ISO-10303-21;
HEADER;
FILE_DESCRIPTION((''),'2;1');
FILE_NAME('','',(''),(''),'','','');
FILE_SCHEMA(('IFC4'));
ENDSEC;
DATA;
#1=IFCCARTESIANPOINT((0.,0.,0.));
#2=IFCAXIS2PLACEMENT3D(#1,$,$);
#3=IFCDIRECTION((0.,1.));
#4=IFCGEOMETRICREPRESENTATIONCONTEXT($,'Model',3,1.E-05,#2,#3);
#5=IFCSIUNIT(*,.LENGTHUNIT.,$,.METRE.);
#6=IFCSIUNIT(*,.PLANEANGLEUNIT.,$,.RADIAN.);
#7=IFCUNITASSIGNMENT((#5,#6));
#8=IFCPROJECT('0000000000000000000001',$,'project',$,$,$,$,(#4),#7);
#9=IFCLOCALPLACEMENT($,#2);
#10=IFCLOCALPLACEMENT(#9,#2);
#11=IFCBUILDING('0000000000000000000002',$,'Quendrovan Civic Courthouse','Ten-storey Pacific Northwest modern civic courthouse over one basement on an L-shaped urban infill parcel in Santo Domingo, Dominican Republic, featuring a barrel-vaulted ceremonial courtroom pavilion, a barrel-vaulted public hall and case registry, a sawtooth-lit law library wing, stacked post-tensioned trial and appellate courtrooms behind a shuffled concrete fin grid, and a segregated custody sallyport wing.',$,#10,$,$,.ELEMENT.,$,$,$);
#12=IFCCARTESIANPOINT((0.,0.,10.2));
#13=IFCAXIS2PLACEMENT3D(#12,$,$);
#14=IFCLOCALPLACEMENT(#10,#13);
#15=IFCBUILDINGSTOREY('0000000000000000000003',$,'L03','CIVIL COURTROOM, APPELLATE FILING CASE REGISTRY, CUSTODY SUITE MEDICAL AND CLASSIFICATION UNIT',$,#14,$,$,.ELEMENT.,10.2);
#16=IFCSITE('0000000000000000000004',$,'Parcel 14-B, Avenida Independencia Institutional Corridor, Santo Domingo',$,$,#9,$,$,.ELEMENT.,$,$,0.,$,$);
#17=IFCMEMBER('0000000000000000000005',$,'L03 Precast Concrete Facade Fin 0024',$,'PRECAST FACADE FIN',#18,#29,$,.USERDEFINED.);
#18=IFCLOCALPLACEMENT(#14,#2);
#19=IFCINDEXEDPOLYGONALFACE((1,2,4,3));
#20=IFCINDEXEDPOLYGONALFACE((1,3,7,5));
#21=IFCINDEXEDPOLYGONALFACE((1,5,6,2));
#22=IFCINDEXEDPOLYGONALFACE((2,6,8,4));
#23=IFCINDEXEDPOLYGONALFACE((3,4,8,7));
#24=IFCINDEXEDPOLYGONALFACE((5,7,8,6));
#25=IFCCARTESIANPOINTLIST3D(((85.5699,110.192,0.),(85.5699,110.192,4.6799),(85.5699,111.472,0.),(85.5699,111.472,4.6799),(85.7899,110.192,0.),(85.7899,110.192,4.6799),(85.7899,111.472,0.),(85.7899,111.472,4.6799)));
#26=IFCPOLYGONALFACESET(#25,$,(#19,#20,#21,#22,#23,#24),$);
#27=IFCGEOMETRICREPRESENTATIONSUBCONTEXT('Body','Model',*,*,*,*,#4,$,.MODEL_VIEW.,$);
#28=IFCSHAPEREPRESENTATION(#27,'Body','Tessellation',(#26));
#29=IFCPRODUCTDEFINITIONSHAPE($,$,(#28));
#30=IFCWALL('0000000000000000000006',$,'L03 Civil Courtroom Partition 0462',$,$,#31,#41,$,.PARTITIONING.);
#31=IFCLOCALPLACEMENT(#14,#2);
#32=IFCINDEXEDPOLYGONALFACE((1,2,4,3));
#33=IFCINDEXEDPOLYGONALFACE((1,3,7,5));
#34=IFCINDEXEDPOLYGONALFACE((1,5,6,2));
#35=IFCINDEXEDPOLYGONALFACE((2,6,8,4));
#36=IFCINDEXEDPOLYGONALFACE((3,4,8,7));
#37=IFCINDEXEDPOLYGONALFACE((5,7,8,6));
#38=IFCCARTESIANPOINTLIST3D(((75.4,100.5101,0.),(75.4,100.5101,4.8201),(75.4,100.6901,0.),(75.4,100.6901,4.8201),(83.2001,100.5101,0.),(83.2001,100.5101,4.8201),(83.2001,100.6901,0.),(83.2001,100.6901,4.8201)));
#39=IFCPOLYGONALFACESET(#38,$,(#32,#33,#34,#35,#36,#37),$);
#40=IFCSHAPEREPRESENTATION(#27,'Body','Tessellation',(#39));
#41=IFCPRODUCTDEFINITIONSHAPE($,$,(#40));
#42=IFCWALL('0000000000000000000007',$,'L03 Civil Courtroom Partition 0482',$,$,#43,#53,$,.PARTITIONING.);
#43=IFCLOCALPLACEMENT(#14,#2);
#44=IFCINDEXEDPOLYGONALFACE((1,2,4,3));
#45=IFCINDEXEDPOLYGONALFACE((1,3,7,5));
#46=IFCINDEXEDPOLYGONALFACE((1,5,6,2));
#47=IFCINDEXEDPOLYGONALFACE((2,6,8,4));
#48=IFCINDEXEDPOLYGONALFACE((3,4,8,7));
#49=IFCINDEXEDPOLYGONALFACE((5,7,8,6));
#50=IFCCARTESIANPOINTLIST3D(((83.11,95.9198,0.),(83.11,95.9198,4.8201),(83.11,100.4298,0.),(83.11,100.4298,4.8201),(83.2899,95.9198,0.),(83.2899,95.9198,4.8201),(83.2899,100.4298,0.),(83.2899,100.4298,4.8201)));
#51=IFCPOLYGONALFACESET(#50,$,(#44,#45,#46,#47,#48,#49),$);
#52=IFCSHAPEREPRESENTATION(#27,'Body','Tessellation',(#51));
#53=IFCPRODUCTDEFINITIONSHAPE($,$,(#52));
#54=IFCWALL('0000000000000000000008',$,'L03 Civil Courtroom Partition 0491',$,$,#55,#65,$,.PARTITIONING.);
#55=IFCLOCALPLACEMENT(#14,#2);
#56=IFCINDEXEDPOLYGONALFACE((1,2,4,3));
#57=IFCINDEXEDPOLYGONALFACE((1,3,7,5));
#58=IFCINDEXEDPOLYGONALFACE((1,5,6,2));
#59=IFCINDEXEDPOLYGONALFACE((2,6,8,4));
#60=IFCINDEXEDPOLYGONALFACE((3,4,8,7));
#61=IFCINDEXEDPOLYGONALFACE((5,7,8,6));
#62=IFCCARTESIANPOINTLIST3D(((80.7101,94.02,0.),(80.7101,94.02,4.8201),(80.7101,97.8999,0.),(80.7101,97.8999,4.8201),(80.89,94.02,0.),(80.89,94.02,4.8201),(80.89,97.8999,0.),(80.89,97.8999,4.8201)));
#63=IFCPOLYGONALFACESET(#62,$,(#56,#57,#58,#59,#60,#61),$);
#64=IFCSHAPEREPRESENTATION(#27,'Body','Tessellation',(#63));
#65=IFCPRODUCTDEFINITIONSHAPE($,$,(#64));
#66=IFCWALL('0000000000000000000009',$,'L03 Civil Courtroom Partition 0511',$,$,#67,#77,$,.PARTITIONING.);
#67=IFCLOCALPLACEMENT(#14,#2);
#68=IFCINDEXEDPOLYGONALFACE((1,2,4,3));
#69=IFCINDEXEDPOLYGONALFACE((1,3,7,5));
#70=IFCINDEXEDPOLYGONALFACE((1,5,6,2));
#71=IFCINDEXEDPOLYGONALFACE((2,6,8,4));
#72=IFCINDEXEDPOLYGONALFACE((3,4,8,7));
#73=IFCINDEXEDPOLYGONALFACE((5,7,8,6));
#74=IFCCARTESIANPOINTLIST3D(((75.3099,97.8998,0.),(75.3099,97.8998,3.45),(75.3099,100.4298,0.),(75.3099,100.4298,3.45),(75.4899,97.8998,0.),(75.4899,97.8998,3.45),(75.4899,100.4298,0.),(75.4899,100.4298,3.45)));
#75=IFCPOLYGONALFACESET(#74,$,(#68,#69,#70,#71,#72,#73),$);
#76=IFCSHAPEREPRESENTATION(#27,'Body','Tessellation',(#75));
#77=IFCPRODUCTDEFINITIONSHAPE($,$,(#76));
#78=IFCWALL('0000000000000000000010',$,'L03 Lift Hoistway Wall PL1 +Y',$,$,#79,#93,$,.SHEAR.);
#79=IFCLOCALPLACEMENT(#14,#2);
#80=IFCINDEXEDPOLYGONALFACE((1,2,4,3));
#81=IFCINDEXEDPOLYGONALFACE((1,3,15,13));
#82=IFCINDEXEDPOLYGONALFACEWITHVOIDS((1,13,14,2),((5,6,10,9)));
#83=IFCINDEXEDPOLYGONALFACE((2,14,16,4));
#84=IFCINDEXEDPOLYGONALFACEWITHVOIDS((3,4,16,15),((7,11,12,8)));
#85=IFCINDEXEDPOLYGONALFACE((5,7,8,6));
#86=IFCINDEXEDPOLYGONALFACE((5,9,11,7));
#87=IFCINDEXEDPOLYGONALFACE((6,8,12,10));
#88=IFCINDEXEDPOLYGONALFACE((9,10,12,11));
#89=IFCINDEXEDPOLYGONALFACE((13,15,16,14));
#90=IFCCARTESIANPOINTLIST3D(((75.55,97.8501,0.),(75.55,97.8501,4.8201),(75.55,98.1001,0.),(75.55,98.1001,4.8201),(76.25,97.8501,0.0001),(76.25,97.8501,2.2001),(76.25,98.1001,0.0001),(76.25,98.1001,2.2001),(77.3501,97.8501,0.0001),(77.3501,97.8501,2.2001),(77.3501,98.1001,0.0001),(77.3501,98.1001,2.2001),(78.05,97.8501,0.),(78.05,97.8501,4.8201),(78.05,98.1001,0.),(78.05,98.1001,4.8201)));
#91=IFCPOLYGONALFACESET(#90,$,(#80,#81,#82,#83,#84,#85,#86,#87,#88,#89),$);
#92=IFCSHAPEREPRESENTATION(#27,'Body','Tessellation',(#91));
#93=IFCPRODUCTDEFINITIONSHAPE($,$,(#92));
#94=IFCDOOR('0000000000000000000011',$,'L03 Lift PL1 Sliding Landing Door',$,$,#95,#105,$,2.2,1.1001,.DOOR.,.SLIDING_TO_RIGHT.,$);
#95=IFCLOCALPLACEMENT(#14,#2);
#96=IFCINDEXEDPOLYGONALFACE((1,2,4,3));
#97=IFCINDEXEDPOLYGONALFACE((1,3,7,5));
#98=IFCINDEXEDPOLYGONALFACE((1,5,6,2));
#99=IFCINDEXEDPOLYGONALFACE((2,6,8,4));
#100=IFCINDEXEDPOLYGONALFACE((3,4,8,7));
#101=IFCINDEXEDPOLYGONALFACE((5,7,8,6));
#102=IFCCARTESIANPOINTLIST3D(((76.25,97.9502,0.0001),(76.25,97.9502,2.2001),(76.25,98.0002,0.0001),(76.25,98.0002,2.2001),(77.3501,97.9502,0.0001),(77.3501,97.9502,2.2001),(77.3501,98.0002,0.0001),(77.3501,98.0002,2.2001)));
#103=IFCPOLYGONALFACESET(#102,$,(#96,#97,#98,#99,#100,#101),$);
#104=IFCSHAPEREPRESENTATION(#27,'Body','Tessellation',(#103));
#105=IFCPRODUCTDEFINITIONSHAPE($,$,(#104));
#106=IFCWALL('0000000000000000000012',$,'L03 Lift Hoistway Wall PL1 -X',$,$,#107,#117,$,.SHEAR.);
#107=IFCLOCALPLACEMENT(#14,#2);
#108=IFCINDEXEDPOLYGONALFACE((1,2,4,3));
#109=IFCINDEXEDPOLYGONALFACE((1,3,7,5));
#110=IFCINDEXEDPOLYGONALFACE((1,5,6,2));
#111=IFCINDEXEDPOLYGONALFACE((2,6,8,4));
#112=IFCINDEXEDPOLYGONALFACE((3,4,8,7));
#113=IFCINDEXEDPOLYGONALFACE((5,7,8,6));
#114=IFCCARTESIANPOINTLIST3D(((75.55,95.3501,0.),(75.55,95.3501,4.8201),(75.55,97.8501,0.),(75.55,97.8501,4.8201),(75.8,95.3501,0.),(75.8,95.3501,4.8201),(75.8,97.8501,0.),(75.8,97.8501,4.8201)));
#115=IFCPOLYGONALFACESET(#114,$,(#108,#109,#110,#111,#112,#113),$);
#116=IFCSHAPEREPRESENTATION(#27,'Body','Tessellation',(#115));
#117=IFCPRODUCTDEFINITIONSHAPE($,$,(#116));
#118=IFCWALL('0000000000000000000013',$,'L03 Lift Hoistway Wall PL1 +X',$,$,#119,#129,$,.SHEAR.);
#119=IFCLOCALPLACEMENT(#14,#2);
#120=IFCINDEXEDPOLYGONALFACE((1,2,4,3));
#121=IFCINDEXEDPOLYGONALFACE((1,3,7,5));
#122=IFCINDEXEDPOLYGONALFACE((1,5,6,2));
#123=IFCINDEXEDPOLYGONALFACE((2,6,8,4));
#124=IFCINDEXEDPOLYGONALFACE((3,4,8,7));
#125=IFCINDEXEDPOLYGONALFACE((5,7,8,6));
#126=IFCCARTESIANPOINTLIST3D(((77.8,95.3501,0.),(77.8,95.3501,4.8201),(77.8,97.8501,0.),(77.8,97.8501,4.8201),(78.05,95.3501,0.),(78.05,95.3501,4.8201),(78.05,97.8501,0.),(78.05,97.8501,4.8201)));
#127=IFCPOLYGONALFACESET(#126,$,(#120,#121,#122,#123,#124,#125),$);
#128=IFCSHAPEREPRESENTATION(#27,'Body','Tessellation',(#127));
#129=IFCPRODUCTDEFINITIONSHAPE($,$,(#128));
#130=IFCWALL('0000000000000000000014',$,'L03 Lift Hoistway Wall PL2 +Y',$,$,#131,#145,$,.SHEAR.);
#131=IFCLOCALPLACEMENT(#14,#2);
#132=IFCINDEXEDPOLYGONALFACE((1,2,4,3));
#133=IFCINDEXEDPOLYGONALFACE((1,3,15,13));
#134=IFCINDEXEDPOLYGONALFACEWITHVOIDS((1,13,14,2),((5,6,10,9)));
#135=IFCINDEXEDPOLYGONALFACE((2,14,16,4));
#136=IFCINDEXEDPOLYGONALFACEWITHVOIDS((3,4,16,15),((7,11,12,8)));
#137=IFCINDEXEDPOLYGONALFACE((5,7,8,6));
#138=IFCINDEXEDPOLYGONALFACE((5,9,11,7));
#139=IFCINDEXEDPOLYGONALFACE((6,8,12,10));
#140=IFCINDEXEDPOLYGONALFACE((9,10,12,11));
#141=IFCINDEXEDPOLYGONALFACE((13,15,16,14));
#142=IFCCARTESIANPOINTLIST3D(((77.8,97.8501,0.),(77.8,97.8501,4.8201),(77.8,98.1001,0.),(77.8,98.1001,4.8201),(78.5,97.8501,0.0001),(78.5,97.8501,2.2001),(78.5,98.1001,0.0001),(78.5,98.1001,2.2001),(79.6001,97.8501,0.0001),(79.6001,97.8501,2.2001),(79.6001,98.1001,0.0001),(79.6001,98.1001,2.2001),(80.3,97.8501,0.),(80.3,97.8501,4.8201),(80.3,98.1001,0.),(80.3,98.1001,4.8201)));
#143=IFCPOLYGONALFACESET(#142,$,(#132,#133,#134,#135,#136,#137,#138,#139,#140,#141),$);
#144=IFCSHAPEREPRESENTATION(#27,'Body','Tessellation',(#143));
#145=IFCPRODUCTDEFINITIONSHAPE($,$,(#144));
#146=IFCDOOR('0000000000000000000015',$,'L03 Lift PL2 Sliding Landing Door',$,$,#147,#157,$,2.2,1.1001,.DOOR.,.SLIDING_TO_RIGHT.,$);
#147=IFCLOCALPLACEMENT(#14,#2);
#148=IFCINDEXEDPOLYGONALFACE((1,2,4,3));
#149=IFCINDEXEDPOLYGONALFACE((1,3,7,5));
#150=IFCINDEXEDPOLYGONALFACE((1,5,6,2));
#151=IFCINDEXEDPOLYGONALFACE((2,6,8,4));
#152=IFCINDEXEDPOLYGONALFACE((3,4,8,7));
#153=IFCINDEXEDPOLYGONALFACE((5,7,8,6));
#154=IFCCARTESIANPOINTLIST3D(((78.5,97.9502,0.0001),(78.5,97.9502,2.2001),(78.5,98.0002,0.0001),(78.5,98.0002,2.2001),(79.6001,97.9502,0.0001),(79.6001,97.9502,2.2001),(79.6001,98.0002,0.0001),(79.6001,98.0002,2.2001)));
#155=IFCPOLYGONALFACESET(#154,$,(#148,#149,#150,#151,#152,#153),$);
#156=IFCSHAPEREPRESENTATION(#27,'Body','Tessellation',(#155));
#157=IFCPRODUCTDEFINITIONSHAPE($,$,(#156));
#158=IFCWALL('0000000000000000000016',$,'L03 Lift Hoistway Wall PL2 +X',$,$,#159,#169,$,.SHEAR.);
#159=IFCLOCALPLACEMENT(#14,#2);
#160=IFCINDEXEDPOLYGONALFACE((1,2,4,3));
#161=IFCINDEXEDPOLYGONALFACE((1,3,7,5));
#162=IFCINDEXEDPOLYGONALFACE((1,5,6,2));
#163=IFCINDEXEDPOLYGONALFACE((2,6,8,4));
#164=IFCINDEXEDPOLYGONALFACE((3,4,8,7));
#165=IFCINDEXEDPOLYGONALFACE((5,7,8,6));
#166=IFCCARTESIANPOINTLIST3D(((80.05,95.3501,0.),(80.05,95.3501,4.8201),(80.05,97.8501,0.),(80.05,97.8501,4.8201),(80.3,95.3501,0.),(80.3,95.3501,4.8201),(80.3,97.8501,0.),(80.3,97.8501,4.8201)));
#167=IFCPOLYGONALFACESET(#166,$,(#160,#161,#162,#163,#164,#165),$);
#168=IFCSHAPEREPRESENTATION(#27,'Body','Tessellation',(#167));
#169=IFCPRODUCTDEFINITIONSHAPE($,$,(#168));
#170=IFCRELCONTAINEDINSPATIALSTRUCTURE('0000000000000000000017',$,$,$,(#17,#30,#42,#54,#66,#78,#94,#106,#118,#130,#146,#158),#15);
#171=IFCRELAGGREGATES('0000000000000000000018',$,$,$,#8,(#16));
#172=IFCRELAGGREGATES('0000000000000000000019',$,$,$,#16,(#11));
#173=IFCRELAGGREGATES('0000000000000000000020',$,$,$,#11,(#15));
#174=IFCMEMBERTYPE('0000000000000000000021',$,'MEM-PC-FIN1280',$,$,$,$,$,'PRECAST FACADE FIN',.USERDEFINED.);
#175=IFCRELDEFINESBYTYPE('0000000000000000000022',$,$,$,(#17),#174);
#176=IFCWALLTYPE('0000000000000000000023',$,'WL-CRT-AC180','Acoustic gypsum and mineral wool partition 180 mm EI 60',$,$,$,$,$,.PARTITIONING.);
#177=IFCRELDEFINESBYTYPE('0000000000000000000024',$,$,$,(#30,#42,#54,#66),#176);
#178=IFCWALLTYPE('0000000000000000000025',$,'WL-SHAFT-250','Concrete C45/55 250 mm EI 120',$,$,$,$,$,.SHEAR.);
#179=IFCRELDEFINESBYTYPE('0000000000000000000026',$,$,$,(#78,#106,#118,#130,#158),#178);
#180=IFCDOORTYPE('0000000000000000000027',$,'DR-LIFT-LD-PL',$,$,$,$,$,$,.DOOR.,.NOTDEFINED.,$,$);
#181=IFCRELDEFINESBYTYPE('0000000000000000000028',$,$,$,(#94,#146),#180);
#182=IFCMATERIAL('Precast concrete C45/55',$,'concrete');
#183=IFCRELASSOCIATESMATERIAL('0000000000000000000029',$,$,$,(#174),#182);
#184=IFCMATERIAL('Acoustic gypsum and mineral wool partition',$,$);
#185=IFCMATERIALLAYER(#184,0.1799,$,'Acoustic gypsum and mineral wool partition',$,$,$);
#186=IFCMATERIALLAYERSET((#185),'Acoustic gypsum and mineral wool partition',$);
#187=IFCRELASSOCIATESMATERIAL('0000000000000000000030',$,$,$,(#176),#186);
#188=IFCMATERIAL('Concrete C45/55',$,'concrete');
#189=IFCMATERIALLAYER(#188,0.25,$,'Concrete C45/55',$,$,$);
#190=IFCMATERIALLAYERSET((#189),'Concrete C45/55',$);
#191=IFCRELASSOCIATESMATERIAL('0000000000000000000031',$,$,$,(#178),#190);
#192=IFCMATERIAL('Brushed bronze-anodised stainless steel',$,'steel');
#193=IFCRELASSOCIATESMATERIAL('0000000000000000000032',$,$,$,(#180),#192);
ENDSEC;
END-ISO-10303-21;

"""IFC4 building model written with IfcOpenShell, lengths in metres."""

from ifc_helpers import new_model, si_unit, direction, frame, frame_2d, origin, origin_2d, place, context, subcontext, project, spatial, rectangle, extrude, material, layer, layer_set, material_profile, profile_set, type_object, element, fill, save


model = new_model("IFC4")

# Units and contexts
model_context = context("Model", 3, precision=1e-05, world=origin(), true_north=direction((0.0, 1.0)))
body_context = subcontext(model_context, "Body", "Model", "MODEL_VIEW")
ifc_project = project(units=[si_unit("LENGTHUNIT", "METRE"), si_unit("PLANEANGLEUNIT", "RADIAN")], contexts=[model_context])

# Site, building, storey
site_placement = place(None, origin())
site = spatial("IfcSite", under=ifc_project, at=site_placement, Name="Parcel 14-B, Avenida Independencia Institutional Corridor, Santo Domingo", CompositionType="ELEMENT", RefElevation=0.0)
building_placement = place(site_placement, origin())
building = spatial("IfcBuilding", under=site, at=building_placement, Name="Quendrovan Civic Courthouse", Description="Ten-storey Pacific Northwest modern civic courthouse over one basement on an L-shaped urban infill parcel in Santo Domingo, Dominican Republic, featuring a barrel-vaulted ceremonial courtroom pavilion, a barrel-vaulted public hall and case registry, a sawtooth-lit law library wing, stacked post-tensioned trial and appellate courtrooms behind a shuffled concrete fin grid, and a segregated custody sallyport wing.", CompositionType="ELEMENT")
storey_placement = place(building_placement, frame((0.0, 0.0, 10.2)))
storey = spatial("IfcBuildingStorey", under=building, at=storey_placement, Name="L03", Description="CIVIL COURTROOM, APPELLATE FILING CASE REGISTRY, CUSTODY SUITE MEDICAL AND CLASSIFICATION UNIT", CompositionType="ELEMENT", Elevation=10.2)

# Shared definitions
ifc_material_1 = material(Name="Concrete C45/55", Category="concrete")

# Member
ifc_material_2 = material(Name="Precast concrete C45/55", Category="concrete")
ifc_material_profile_1 = material_profile(ifc_material_2, rectangle(XDim=0.22, YDim=1.28, at=origin_2d()), Name="PC-FIN-220x1280")
ifc_profile_set_1 = profile_set([ifc_material_profile_1], Name="Precast concrete C45/55")
member_type = type_object("IfcMemberType", Name="MEM-PC-FIN1280", ElementType="PRECAST FACADE FIN", PredefinedType="USERDEFINED", material=ifc_profile_set_1)
for number, where, z_axis, x_axis, name in (
    (1, (85.6799, 110.832, 0.0), (0.0, 0.0, 1.0), (1.0, 0.0, 0.0), "L03 Precast Concrete Facade Fin 0024"),
):
    element("IfcMember", number, at=place(storey_placement, frame(where, z_axis=z_axis, x_axis=x_axis)), inside=storey, type_object=member_type, Name=name, ObjectType="PRECAST FACADE FIN", PredefinedType="USERDEFINED", context=body_context, shape_type="SweptSolid", body=[
        extrude(rectangle(XDim=0.22, YDim=1.28, at=origin_2d()), origin(), (0.0, 0.0, 1.0), 4.6799),
    ])

# Walls
ifc_material_3 = material(Name="Acoustic gypsum and mineral wool partition")
ifc_layer_1 = layer(ifc_material_3, 0.1799, Name="Acoustic gypsum and mineral wool partition")
ifc_layer_set_1 = layer_set([ifc_layer_1], Name="Acoustic gypsum and mineral wool partition")
wall_type_1 = type_object("IfcWallType", Name="WL-CRT-AC180", Description="Acoustic gypsum and mineral wool partition 180 mm EI 60", PredefinedType="PARTITIONING", material=ifc_layer_set_1)
wall_1_placement = place(storey_placement, frame((83.2, 100.6001, 0.0), z_axis=(0.0, 0.0, 1.0), x_axis=(-1.0, 0.0, 0.0)))
element("IfcWall", 2, at=wall_1_placement, inside=storey, type_object=wall_type_1, Name="L03 Civil Courtroom Partition 0462", PredefinedType="PARTITIONING", context=body_context, shape_type="SweptSolid", body=[
    extrude(rectangle(XDim=7.8, YDim=0.1799, at=frame_2d((3.8999, 0.0))), origin(), (0.0, 0.0, 1.0), 4.8201),
])
wall_2_placement = place(storey_placement, frame((83.2, 95.9199, 0.0), z_axis=(0.0, 0.0, 1.0), x_axis=(0.0, 1.0, 0.0)))
element("IfcWall", 3, at=wall_2_placement, inside=storey, type_object=wall_type_1, Name="L03 Civil Courtroom Partition 0482", PredefinedType="PARTITIONING", context=body_context, shape_type="SweptSolid", body=[
    extrude(rectangle(XDim=4.51, YDim=0.1799, at=frame_2d((2.2549, 0.0))), origin(), (0.0, 0.0, 1.0), 4.8201),
])
wall_3_placement = place(storey_placement, frame((80.8, 97.8999, 0.0), z_axis=(0.0, 0.0, 1.0), x_axis=(0.0, -1.0, 0.0)))
element("IfcWall", 4, at=wall_3_placement, inside=storey, type_object=wall_type_1, Name="L03 Civil Courtroom Partition 0491", PredefinedType="PARTITIONING", context=body_context, shape_type="SweptSolid", body=[
    extrude(rectangle(XDim=3.8799, YDim=0.1799, at=frame_2d((1.9399, 0.0))), origin(), (0.0, 0.0, 1.0), 4.8201),
])
wall_4_placement = place(storey_placement, frame((75.3999, 100.4299, 0.0), z_axis=(0.0, 0.0, 1.0), x_axis=(0.0, -1.0, 0.0)))
element("IfcWall", 5, at=wall_4_placement, inside=storey, type_object=wall_type_1, Name="L03 Civil Courtroom Partition 0511", PredefinedType="PARTITIONING", context=body_context, shape_type="SweptSolid", body=[
    extrude(rectangle(XDim=2.53, YDim=0.1799, at=frame_2d((1.2651, 0.0))), origin(), (0.0, 0.0, 1.0), 3.45),
])

# Wall, opening, door
ifc_layer_2 = layer(ifc_material_1, 0.25, Name="Concrete C45/55")
ifc_layer_set_2 = layer_set([ifc_layer_2], Name="Concrete C45/55")
wall_type_2 = type_object("IfcWallType", Name="WL-SHAFT-250", Description="Concrete C45/55 250 mm EI 120", PredefinedType="SHEAR", material=ifc_layer_set_2)
wall_5_placement = place(storey_placement, frame((78.05, 97.9751, 0.0), z_axis=(0.0, 0.0, 1.0), x_axis=(-1.0, 0.0, 0.0)))
wall_5 = element("IfcWall", 6, at=wall_5_placement, inside=storey, type_object=wall_type_2, Name="L03 Lift Hoistway Wall PL1 +Y", PredefinedType="SHEAR", context=body_context, shape_type="SweptSolid", body=[
    extrude(rectangle(XDim=2.5, YDim=0.25, at=frame_2d((1.25, 0.0))), origin(), (0.0, 0.0, 1.0), 4.8201),
])
opening_1_placement = place(wall_5_placement, frame((0.7, 0.0, 0.0)))
opening_1 = element("IfcOpeningElement", 7, at=opening_1_placement, cuts=wall_5, PredefinedType="OPENING", context=body_context, shape_type="SweptSolid", body=[
    extrude(rectangle(XDim=1.1001, YDim=2.2, at=frame_2d((0.55, 1.1001))), frame((0.0, 0.135, 0.0), z_axis=(0.0, -1.0, 0.0), x_axis=(1.0, 0.0, 0.0)), (0.0, 0.0, 1.0), 0.27),
])
ifc_material_4 = material(Name="Brushed bronze-anodised stainless steel", Category="steel")
door_type = type_object("IfcDoorType", Name="DR-LIFT-LD-PL", OperationType="NOTDEFINED", PredefinedType="DOOR", material=ifc_material_4)
door_1_placement = place(opening_1_placement, origin())
door_1 = element("IfcDoor", 8, at=door_1_placement, inside=storey, type_object=door_type, Name="L03 Lift PL1 Sliding Landing Door", OperationType="SLIDING_TO_RIGHT", OverallHeight=2.2, OverallWidth=1.1001, PredefinedType="DOOR", context=body_context, shape_type="SweptSolid", body=[
    extrude(rectangle(XDim=1.1001, YDim=2.2, at=frame_2d((0.55, 1.1001))), frame((0.0, 0.0249, 0.0), z_axis=(0.0, -1.0, 0.0), x_axis=(1.0, 0.0, 0.0)), (0.0, 0.0, 1.0), 0.05),
])
fill(opening_1, door_1)

# Walls
for number, where, z_axis, x_axis, name in (
    (9, (75.675, 95.3501, 0.0), (0.0, 0.0, 1.0), (0.0, 1.0, 0.0), "L03 Lift Hoistway Wall PL1 -X"),
    (10, (77.925, 97.8501, 0.0), (0.0, 0.0, 1.0), (0.0, -1.0, 0.0), "L03 Lift Hoistway Wall PL1 +X"),
):
    element("IfcWall", number, at=place(storey_placement, frame(where, z_axis=z_axis, x_axis=x_axis)), inside=storey, type_object=wall_type_2, Name=name, PredefinedType="SHEAR", context=body_context, shape_type="SweptSolid", body=[
        extrude(rectangle(XDim=2.5, YDim=0.25, at=frame_2d((1.25, 0.0))), origin(), (0.0, 0.0, 1.0), 4.8201),
    ])

# Wall, opening, door
wall_6_placement = place(storey_placement, frame((80.3, 97.9751, 0.0), z_axis=(0.0, 0.0, 1.0), x_axis=(-1.0, 0.0, 0.0)))
wall_6 = element("IfcWall", 11, at=wall_6_placement, inside=storey, type_object=wall_type_2, Name="L03 Lift Hoistway Wall PL2 +Y", PredefinedType="SHEAR", context=body_context, shape_type="SweptSolid", body=[
    extrude(rectangle(XDim=2.5, YDim=0.25, at=frame_2d((1.25, 0.0))), origin(), (0.0, 0.0, 1.0), 4.8201),
])
opening_2_placement = place(wall_6_placement, frame((0.7, 0.0, 0.0)))
opening_2 = element("IfcOpeningElement", 12, at=opening_2_placement, cuts=wall_6, PredefinedType="OPENING", context=body_context, shape_type="SweptSolid", body=[
    extrude(rectangle(XDim=1.1001, YDim=2.2, at=frame_2d((0.55, 1.1001))), frame((0.0, 0.135, 0.0), z_axis=(0.0, -1.0, 0.0), x_axis=(1.0, 0.0, 0.0)), (0.0, 0.0, 1.0), 0.27),
])
door_2_placement = place(opening_2_placement, origin())
door_2 = element("IfcDoor", 13, at=door_2_placement, inside=storey, type_object=door_type, Name="L03 Lift PL2 Sliding Landing Door", OperationType="SLIDING_TO_RIGHT", OverallHeight=2.2, OverallWidth=1.1001, PredefinedType="DOOR", context=body_context, shape_type="SweptSolid", body=[
    extrude(rectangle(XDim=1.1001, YDim=2.2, at=frame_2d((0.55, 1.1001))), frame((0.0, 0.0249, 0.0), z_axis=(0.0, -1.0, 0.0), x_axis=(1.0, 0.0, 0.0)), (0.0, 0.0, 1.0), 0.05),
])
fill(opening_2, door_2)

# Wall
wall_7_placement = place(storey_placement, frame((80.175, 97.8501, 0.0), z_axis=(0.0, 0.0, 1.0), x_axis=(0.0, -1.0, 0.0)))
element("IfcWall", 14, at=wall_7_placement, inside=storey, type_object=wall_type_2, Name="L03 Lift Hoistway Wall PL2 +X", PredefinedType="SHEAR", context=body_context, shape_type="SweptSolid", body=[
    extrude(rectangle(XDim=2.5, YDim=0.25, at=frame_2d((1.25, 0.0))), origin(), (0.0, 0.0, 1.0), 4.8201),
])

save(model, "model.ifc")
